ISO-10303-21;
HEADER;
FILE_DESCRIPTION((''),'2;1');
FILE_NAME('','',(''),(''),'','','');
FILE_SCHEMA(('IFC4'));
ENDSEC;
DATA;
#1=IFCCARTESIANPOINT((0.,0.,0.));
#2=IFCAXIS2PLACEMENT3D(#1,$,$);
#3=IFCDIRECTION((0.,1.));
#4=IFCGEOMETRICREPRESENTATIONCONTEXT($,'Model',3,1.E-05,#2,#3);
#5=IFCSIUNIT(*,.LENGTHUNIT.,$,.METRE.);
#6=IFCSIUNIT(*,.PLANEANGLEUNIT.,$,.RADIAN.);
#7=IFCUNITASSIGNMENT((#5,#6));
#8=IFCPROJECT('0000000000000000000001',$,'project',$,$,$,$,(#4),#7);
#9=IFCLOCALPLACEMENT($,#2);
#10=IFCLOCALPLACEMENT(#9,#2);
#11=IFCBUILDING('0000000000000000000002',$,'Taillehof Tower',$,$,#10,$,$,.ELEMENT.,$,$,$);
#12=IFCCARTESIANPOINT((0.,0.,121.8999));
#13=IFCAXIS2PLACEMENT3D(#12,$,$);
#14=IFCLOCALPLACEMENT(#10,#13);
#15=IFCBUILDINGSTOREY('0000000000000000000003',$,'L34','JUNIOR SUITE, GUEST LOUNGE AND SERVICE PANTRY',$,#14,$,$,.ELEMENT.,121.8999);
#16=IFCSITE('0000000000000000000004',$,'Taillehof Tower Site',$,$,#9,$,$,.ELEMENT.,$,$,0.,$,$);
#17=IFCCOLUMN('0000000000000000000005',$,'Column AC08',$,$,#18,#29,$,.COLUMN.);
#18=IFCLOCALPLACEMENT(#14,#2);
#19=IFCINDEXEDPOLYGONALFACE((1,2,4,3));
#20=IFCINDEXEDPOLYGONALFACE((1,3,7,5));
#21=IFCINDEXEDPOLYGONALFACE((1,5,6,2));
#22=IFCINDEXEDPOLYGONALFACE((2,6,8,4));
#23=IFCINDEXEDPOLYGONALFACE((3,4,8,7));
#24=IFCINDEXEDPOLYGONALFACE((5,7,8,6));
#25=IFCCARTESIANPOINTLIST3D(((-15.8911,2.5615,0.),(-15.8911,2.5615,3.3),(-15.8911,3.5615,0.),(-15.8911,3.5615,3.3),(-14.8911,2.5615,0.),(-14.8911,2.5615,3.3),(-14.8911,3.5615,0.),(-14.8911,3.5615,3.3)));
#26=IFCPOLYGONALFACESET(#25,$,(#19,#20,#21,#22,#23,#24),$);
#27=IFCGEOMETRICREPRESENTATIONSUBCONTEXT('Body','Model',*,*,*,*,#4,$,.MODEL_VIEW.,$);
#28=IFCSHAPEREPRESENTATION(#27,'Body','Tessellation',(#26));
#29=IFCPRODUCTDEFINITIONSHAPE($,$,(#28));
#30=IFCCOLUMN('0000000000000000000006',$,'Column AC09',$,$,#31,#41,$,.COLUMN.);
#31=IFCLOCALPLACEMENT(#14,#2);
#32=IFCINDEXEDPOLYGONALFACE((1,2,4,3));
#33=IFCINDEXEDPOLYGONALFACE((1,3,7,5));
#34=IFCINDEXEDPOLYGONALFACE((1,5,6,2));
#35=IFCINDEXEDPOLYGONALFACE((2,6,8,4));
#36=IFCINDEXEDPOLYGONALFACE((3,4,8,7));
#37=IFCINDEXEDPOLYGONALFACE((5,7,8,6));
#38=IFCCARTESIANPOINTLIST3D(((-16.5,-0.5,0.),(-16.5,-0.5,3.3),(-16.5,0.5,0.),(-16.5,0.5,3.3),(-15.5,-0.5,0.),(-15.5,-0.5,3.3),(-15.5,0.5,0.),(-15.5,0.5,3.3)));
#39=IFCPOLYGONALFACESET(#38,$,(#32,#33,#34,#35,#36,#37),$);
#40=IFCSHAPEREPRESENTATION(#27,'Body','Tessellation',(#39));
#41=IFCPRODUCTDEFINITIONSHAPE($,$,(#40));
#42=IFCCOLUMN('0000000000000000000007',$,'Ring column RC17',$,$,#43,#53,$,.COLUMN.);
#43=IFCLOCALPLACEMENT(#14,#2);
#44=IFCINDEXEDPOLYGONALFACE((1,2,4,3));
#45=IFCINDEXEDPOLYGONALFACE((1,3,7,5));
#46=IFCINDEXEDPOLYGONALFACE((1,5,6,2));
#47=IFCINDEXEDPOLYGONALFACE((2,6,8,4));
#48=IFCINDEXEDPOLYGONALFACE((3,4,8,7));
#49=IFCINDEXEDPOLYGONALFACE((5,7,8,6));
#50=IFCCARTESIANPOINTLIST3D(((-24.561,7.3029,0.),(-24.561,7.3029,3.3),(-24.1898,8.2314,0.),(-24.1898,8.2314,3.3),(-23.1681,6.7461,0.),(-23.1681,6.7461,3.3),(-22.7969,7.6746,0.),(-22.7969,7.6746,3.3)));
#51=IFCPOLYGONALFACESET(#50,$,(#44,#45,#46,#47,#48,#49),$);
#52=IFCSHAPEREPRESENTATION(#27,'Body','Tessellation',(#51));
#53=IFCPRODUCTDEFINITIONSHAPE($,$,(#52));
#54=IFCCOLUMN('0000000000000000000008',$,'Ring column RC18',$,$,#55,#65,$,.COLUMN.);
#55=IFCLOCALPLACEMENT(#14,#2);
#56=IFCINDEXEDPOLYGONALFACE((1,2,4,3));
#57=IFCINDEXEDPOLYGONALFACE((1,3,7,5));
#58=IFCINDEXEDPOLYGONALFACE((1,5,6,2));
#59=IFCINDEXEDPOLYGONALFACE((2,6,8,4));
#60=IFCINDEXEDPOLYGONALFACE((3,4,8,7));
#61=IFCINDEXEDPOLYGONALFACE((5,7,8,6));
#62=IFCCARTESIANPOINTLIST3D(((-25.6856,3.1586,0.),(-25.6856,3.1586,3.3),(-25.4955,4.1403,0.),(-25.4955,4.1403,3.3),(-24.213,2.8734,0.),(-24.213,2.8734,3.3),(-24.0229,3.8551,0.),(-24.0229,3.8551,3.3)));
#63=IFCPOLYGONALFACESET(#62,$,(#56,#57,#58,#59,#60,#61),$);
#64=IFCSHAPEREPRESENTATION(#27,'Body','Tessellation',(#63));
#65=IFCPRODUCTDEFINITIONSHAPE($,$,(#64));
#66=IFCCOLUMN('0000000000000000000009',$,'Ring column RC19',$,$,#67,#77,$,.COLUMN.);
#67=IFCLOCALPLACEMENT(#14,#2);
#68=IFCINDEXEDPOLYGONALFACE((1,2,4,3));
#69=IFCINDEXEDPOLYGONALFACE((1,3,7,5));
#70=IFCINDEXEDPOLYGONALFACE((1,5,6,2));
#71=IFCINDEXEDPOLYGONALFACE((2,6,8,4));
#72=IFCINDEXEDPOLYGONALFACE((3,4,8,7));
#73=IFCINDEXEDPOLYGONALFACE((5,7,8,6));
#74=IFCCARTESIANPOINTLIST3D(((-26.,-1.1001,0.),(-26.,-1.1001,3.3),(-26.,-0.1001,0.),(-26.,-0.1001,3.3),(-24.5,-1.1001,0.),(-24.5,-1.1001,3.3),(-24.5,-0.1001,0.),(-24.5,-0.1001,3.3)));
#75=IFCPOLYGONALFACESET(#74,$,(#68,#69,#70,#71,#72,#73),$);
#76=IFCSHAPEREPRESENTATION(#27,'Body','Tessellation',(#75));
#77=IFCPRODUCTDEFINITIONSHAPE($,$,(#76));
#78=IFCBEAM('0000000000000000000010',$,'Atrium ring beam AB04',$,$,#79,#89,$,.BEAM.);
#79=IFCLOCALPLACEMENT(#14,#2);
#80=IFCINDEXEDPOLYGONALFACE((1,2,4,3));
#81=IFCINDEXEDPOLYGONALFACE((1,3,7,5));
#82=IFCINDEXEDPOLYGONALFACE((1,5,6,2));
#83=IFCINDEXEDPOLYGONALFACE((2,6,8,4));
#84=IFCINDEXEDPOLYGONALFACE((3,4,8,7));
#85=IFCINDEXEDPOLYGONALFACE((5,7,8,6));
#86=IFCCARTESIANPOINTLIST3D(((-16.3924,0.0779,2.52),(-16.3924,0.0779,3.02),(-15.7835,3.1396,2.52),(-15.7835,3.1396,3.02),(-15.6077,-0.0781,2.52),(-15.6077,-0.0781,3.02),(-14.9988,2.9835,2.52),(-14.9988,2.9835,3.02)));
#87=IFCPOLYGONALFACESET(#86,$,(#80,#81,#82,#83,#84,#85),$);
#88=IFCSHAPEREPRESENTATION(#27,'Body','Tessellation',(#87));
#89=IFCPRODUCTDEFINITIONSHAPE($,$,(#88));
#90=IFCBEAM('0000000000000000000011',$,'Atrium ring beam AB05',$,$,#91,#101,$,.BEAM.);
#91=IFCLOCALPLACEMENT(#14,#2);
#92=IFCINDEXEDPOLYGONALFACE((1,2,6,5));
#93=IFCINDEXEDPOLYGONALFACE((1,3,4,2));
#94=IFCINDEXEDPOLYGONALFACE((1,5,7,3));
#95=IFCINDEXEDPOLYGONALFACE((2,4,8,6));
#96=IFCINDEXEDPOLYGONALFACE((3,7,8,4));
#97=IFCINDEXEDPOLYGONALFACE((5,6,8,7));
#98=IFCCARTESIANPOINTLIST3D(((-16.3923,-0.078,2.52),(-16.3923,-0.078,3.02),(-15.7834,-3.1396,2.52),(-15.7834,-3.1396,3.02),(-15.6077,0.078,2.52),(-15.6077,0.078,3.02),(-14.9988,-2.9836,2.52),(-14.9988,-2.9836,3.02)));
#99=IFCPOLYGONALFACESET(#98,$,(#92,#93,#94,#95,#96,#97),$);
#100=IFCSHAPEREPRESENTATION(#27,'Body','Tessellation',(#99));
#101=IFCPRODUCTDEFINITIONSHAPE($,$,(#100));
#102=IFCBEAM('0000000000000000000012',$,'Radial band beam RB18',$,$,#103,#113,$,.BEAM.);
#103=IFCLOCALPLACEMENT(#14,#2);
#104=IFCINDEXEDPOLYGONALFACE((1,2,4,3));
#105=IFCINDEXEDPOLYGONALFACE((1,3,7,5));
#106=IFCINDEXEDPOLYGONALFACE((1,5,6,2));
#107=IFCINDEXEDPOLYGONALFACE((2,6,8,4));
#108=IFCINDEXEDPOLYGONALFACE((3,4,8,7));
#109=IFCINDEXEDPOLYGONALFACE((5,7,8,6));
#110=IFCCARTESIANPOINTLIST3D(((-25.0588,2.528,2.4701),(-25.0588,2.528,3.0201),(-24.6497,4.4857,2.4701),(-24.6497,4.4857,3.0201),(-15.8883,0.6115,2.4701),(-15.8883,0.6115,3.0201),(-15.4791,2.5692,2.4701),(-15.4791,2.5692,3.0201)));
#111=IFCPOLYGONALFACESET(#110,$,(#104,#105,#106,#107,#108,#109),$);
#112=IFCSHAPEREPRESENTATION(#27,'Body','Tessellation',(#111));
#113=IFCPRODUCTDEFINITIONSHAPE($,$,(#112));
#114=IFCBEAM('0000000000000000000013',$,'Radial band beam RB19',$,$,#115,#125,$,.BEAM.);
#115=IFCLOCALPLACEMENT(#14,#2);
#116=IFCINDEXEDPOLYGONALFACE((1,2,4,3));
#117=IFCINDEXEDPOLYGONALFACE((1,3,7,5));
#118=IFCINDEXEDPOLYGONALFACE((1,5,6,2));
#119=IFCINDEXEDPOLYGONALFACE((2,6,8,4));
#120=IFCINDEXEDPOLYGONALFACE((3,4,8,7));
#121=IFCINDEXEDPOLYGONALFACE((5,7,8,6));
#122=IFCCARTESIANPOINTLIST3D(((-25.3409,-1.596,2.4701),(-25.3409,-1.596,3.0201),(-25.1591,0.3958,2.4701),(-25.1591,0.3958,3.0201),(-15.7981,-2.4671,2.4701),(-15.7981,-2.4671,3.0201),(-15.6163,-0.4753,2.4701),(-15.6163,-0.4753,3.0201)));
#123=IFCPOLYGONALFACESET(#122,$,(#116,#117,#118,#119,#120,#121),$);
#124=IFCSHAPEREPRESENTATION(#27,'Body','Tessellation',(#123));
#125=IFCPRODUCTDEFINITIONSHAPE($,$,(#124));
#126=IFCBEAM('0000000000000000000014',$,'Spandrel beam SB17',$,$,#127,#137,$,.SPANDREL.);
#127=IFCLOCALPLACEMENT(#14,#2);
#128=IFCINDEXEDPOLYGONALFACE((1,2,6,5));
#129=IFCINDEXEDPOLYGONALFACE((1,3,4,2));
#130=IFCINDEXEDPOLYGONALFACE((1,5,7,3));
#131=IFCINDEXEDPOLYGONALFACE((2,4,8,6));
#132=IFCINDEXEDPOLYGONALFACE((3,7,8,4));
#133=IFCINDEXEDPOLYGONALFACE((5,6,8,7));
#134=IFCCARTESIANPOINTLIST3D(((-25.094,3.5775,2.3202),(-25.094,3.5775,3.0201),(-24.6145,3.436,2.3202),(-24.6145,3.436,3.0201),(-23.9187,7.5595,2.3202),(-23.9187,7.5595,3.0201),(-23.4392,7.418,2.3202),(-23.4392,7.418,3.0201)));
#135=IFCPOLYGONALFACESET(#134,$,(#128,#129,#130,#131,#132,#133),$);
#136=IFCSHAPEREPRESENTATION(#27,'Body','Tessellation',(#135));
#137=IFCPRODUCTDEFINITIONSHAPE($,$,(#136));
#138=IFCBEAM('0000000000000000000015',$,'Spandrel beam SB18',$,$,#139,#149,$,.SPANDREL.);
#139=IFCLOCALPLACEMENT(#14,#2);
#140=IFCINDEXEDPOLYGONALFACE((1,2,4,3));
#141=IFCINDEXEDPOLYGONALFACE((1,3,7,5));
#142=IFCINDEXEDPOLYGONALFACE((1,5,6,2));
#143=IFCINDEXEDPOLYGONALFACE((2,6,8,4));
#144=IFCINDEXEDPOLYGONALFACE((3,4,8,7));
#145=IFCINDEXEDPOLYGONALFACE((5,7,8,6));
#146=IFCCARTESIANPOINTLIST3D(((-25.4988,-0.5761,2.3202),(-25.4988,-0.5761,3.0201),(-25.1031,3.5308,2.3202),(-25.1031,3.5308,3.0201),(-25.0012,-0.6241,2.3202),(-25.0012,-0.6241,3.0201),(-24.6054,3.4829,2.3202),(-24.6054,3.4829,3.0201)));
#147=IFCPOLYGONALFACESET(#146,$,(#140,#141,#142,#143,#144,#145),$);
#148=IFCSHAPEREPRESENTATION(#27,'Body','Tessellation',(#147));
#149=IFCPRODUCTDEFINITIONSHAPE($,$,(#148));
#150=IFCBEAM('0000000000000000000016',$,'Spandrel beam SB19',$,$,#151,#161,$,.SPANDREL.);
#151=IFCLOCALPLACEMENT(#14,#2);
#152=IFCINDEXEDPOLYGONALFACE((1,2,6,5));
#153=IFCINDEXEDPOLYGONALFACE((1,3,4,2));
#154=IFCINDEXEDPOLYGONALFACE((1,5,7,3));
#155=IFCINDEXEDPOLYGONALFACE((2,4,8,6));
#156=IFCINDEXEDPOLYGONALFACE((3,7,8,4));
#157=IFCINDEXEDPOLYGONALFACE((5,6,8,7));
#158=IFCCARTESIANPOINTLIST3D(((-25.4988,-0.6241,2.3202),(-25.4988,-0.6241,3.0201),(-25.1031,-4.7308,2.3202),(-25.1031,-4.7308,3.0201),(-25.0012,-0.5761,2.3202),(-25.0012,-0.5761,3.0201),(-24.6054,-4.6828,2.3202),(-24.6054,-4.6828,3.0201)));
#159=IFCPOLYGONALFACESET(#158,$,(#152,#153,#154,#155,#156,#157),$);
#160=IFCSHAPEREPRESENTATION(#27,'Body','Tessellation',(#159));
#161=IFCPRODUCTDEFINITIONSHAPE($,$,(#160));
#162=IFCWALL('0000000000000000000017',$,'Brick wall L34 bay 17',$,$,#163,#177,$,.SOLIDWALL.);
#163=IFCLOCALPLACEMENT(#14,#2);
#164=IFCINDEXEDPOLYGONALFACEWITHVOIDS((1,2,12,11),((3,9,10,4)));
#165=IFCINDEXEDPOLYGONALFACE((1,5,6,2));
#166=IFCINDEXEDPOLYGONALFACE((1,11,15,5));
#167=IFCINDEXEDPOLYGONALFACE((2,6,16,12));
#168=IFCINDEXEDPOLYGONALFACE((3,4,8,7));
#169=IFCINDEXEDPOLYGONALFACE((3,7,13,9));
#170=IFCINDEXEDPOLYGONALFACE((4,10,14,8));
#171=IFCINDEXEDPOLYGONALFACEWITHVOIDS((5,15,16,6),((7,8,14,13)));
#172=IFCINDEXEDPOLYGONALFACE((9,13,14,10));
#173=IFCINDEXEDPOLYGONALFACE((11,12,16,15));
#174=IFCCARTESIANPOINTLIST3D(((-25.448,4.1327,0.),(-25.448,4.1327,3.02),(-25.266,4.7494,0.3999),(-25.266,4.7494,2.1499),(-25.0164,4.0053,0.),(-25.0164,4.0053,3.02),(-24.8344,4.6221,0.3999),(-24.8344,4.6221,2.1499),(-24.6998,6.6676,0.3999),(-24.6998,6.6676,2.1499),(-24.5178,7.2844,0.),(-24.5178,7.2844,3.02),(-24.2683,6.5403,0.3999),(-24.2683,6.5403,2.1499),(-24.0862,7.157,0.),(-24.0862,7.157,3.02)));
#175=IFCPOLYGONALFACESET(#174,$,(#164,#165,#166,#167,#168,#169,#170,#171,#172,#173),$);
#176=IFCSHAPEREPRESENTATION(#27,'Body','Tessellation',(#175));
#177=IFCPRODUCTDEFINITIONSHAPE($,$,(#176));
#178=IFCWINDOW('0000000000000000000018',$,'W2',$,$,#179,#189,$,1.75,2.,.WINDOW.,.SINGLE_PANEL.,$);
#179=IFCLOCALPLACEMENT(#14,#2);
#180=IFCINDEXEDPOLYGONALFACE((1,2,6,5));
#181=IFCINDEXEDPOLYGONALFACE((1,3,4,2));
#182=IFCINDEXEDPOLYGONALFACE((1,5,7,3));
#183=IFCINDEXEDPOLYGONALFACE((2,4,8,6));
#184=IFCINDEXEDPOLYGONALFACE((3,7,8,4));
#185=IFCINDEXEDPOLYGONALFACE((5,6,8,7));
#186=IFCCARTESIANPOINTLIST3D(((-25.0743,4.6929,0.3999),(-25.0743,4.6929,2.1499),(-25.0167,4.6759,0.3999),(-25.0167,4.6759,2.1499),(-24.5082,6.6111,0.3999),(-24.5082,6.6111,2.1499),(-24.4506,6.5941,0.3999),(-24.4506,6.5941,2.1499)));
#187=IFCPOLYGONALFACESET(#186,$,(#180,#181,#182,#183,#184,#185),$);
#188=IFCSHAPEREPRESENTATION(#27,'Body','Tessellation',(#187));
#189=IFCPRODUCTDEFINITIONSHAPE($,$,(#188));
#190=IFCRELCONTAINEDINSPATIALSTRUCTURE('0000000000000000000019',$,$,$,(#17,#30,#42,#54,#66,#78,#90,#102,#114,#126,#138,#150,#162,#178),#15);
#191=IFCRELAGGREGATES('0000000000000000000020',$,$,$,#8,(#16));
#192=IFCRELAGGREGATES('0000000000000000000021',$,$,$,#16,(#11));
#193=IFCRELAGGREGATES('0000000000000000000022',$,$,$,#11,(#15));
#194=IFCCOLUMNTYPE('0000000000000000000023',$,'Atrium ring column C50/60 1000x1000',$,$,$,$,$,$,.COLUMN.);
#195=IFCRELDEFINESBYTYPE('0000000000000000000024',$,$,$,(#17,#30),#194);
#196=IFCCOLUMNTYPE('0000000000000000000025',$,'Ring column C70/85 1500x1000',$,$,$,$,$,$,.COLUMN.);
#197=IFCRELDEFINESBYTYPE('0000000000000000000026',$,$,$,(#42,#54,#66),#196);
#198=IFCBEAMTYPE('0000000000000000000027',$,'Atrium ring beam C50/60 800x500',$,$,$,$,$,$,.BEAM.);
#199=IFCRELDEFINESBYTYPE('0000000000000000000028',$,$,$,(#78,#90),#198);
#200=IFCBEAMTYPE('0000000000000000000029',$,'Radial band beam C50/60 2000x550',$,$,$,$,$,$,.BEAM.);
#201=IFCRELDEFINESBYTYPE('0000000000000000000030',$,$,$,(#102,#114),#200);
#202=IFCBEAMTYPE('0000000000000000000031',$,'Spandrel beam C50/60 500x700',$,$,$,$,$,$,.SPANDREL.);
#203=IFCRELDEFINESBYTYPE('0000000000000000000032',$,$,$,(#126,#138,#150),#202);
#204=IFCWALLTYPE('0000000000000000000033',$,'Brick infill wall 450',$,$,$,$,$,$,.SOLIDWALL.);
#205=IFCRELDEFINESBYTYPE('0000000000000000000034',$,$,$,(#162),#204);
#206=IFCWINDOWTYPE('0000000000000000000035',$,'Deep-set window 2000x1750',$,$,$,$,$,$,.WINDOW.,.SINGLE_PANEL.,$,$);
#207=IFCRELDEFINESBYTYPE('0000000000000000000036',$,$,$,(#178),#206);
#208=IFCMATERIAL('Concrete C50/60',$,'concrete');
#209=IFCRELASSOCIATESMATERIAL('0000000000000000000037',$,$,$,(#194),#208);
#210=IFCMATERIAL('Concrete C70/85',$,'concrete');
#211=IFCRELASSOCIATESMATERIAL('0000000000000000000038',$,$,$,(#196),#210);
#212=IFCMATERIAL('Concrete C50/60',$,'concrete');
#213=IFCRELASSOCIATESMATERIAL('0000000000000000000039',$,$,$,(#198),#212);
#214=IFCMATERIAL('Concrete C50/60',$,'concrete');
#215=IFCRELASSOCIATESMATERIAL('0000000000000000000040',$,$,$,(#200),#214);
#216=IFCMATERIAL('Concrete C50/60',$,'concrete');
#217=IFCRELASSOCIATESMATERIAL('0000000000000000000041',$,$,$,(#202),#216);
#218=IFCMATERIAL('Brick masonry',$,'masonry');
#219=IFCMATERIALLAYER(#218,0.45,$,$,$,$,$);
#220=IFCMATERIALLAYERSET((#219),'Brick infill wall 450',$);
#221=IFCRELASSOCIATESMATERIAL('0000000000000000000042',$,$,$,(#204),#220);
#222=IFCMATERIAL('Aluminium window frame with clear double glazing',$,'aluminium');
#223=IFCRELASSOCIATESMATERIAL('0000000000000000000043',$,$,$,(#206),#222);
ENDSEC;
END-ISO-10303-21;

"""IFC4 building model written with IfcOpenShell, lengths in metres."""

from ifc_helpers import new_model, si_unit, direction, frame, frame_2d, origin, origin_2d, place, context, subcontext, project, spatial, rectangle, extrude, material, layer, layer_set, material_profile, profile_set, type_object, element, fill, save


model = new_model("IFC4")

# Units and contexts
model_context = context("Model", 3, precision=1e-05, world=origin(), true_north=direction((0.0, 1.0)))
body_context = subcontext(model_context, "Body", "Model", "MODEL_VIEW")
ifc_project = project(units=[si_unit("LENGTHUNIT", "METRE"), si_unit("PLANEANGLEUNIT", "RADIAN")], contexts=[model_context])

# Site, building, storey
site_placement = place(None, origin())
site = spatial("IfcSite", under=ifc_project, at=site_placement, Name="Taillehof Tower Site", CompositionType="ELEMENT", RefElevation=0.0)
building_placement = place(site_placement, origin())
building = spatial("IfcBuilding", under=site, at=building_placement, Name="Taillehof Tower", CompositionType="ELEMENT")
storey_placement = place(building_placement, frame((0.0, 0.0, 121.8999)))
storey = spatial("IfcBuildingStorey", under=building, at=storey_placement, Name="L34", Description="JUNIOR SUITE, GUEST LOUNGE AND SERVICE PANTRY", CompositionType="ELEMENT", Elevation=121.8999)

# Columns
ifc_material_1 = material(Name="Concrete C50/60", Category="concrete")
ifc_material_profile_1 = material_profile(ifc_material_1, rectangle(XDim=1.0, YDim=1.0, at=origin_2d()), Name="RC 1000x1000")
ifc_profile_set_1 = profile_set([ifc_material_profile_1], Name="Concrete C50/60")
column_type_1 = type_object("IfcColumnType", Name="Atrium ring column C50/60 1000x1000", PredefinedType="COLUMN", material=ifc_profile_set_1)
for number, where, z_axis, x_axis, name in (
    (1, (-15.3911, 3.0615, 0.0), (0.0, 0.0, 1.0), (1.0, 0.0, 0.0), "Column AC08"),
    (2, (-16.0, 0.0, 0.0), (0.0, 0.0, 1.0), (1.0, 0.0, 0.0), "Column AC09"),
):
    element("IfcColumn", number, at=place(storey_placement, frame(where, z_axis=z_axis, x_axis=x_axis)), inside=storey, type_object=column_type_1, Name=name, PredefinedType="COLUMN", context=body_context, shape_type="SweptSolid", body=[
        extrude(rectangle(XDim=1.0, YDim=1.0, at=origin_2d()), origin(), (0.0, 0.0, 1.0), 3.3),
    ])
ifc_material_2 = material(Name="Concrete C70/85", Category="concrete")
ifc_material_profile_2 = material_profile(ifc_material_2, rectangle(XDim=1.5, YDim=1.0, at=origin_2d()), Name="RC 1500x1000")
ifc_profile_set_2 = profile_set([ifc_material_profile_2], Name="Concrete C70/85")
column_type_2 = type_object("IfcColumnType", Name="Ring column C70/85 1500x1000", PredefinedType="COLUMN", material=ifc_profile_set_2)
for number, where, z_axis, x_axis, name in (
    (3, (-23.679, 7.4888, 0.0), (0.0, 0.0, 1.0), (-0.92855, 0.371207, 0.0), "Ring column RC17"),
    (4, (-24.8542, 3.5068, 0.0), (0.0, 0.0, 1.0), (-0.981757, 0.190138, 0.0), "Ring column RC18"),
    (5, (-25.25, -0.6001, 0.0), (0.0, 0.0, 1.0), (-1.0, 0.0, 0.0), "Ring column RC19"),
):
    element("IfcColumn", number, at=place(storey_placement, frame(where, z_axis=z_axis, x_axis=x_axis)), inside=storey, type_object=column_type_2, Name=name, PredefinedType="COLUMN", context=body_context, shape_type="SweptSolid", body=[
        extrude(rectangle(XDim=1.5, YDim=1.0, at=origin_2d()), origin(), (0.0, 0.0, 1.0), 3.3),
    ])

# Beams
ifc_material_3 = material(Name="Concrete C50/60", Category="concrete")
ifc_material_profile_3 = material_profile(ifc_material_3, rectangle(XDim=0.8, YDim=0.5, at=origin_2d()), Name="RC 800x500")
ifc_profile_set_3 = profile_set([ifc_material_profile_3], Name="Concrete C50/60")
beam_type_1 = type_object("IfcBeamType", Name="Atrium ring beam C50/60 800x500", PredefinedType="BEAM", material=ifc_profile_set_3)
for number, where, z_axis, x_axis, name in (
    (6, (-15.3911, 3.0615, 2.77), (-0.195063, -0.980791, 0.0), (0.980791, -0.195063, 0.0), "Atrium ring beam AB04"),
    (7, (-16.0, 0.0, 2.77), (0.195063, -0.980791, 0.0), (0.980791, 0.195063, 0.0), "Atrium ring beam AB05"),
):
    element("IfcBeam", number, at=place(storey_placement, frame(where, z_axis=z_axis, x_axis=x_axis)), inside=storey, type_object=beam_type_1, Name=name, PredefinedType="BEAM", context=body_context, shape_type="SweptSolid", body=[
        extrude(rectangle(XDim=0.8, YDim=0.5, at=origin_2d()), origin(), (0.0, 0.0, 1.0), 3.1216),
    ])
ifc_material_4 = material(Name="Concrete C50/60", Category="concrete")
ifc_material_profile_4 = material_profile(ifc_material_4, rectangle(XDim=2.0, YDim=0.55, at=origin_2d()), Name="RC 2000x550")
ifc_profile_set_4 = profile_set([ifc_material_profile_4], Name="Concrete C50/60")
beam_type_2 = type_object("IfcBeamType", Name="Radial band beam C50/60 2000x550", PredefinedType="BEAM", material=ifc_profile_set_4)
beam_1_placement = place(storey_placement, frame((-24.8542, 3.5068, 2.7451), z_axis=(0.978853, -0.204563, 0.0), x_axis=(0.204563, 0.978853, 0.0)))
element("IfcBeam", 8, at=beam_1_placement, inside=storey, type_object=beam_type_2, Name="Radial band beam RB18", PredefinedType="BEAM", context=body_context, shape_type="SweptSolid", body=[
    extrude(rectangle(XDim=2.0, YDim=0.55, at=origin_2d()), origin(), (0.0, 0.0, 1.0), 9.3687),
])
beam_2_placement = place(storey_placement, frame((-25.25, -0.6001, 2.7451), z_axis=(0.99586, -0.090906, 0.0), x_axis=(0.090906, 0.99586, 0.0)))
element("IfcBeam", 9, at=beam_2_placement, inside=storey, type_object=beam_type_2, Name="Radial band beam RB19", PredefinedType="BEAM", context=body_context, shape_type="SweptSolid", body=[
    extrude(rectangle(XDim=2.0, YDim=0.55, at=origin_2d()), origin(), (0.0, 0.0, 1.0), 9.5825),
])
ifc_material_5 = material(Name="Concrete C50/60", Category="concrete")
ifc_material_profile_5 = material_profile(ifc_material_5, rectangle(XDim=0.5, YDim=0.7, at=origin_2d()), Name="RC 500x700")
ifc_profile_set_5 = profile_set([ifc_material_profile_5], Name="Concrete C50/60")
beam_type_3 = type_object("IfcBeamType", Name="Spandrel beam C50/60 500x700", PredefinedType="SPANDREL", material=ifc_profile_set_5)
beam_3_placement = place(storey_placement, frame((-23.679, 7.4888, 2.6702), z_axis=(-0.283083, -0.959095, 0.0), x_axis=(0.959095, -0.283083, 0.0)))
element("IfcBeam", 10, at=beam_3_placement, inside=storey, type_object=beam_type_3, Name="Spandrel beam SB17", PredefinedType="SPANDREL", context=body_context, shape_type="SweptSolid", body=[
    extrude(rectangle(XDim=0.5, YDim=0.7, at=origin_2d()), origin(), (0.0, 0.0, 1.0), 4.1519),
])
beam_4_placement = place(storey_placement, frame((-24.8542, 3.5068, 2.6702), z_axis=(-0.095918, -0.995389, 0.0), x_axis=(0.995389, -0.095918, 0.0)))
element("IfcBeam", 11, at=beam_4_placement, inside=storey, type_object=beam_type_3, Name="Spandrel beam SB18", PredefinedType="SPANDREL", context=body_context, shape_type="SweptSolid", body=[
    extrude(rectangle(XDim=0.5, YDim=0.7, at=origin_2d()), origin(), (0.0, 0.0, 1.0), 4.126),
])
beam_5_placement = place(storey_placement, frame((-25.25, -0.6001, 2.6702), z_axis=(0.095923, -0.995389, 0.0), x_axis=(0.995389, 0.095923, 0.0)))
element("IfcBeam", 12, at=beam_5_placement, inside=storey, type_object=beam_type_3, Name="Spandrel beam SB19", PredefinedType="SPANDREL", context=body_context, shape_type="SweptSolid", body=[
    extrude(rectangle(XDim=0.5, YDim=0.7, at=origin_2d()), origin(), (0.0, 0.0, 1.0), 4.1257),
])

# Wall, opening, window
ifc_material_6 = material(Name="Brick masonry", Category="masonry")
ifc_layer_1 = layer(ifc_material_6, 0.45)
ifc_layer_set_1 = layer_set([ifc_layer_1], Name="Brick infill wall 450")
wall_type_1 = type_object("IfcWallType", Name="Brick infill wall 450", PredefinedType="SOLIDWALL", material=ifc_layer_set_1)
wall_1_placement = place(storey_placement, frame((-24.302, 7.2207, 0.0), z_axis=(0.0, 0.0, 1.0), x_axis=(-0.283071, -0.959099, 0.0)))
wall_1 = element("IfcWall", 13, at=wall_1_placement, inside=storey, type_object=wall_type_1, Name="Brick wall L34 bay 17", PredefinedType="SOLIDWALL", context=body_context, shape_type="SweptSolid", body=[
    extrude(rectangle(XDim=3.2861, YDim=0.45, at=frame_2d((1.6431, 0.0))), origin(), (0.0, 0.0, 1.0), 3.02),
])
opening_1_placement = place(wall_1_placement, frame((0.6431, 0.0, 0.3999)))
opening_1 = element("IfcOpeningElement", 14, at=opening_1_placement, cuts=wall_1, PredefinedType="OPENING", context=body_context, shape_type="SweptSolid", body=[
    extrude(rectangle(XDim=2.0, YDim=1.75, at=frame_2d((1.0, 0.875))), frame((0.0, 0.2349, 0.0), z_axis=(0.0, -1.0, 0.0), x_axis=(1.0, 0.0, 0.0)), (0.0, 0.0, 1.0), 0.47),
])
ifc_material_7 = material(Name="Aluminium window frame with clear double glazing", Category="aluminium")
window_type = type_object("IfcWindowType", Name="Deep-set window 2000x1750", PartitioningType="SINGLE_PANEL", PredefinedType="WINDOW", material=ifc_material_7)
window_1_placement = place(opening_1_placement, origin())
window_1 = element("IfcWindow", 15, at=window_1_placement, inside=storey, type_object=window_type, Name="W2", OverallHeight=1.75, OverallWidth=2.0, PartitioningType="SINGLE_PANEL", PredefinedType="WINDOW", context=body_context, shape_type="SweptSolid", body=[
    extrude(rectangle(XDim=2.0, YDim=1.75, at=frame_2d((1.0, 0.875))), frame((0.0, 0.0349, 0.0), z_axis=(0.0, -1.0, 0.0), x_axis=(1.0, 0.0, 0.0)), (0.0, 0.0, 1.0), 0.0601),
])
fill(opening_1, window_1)

save(model, "model.ifc")
